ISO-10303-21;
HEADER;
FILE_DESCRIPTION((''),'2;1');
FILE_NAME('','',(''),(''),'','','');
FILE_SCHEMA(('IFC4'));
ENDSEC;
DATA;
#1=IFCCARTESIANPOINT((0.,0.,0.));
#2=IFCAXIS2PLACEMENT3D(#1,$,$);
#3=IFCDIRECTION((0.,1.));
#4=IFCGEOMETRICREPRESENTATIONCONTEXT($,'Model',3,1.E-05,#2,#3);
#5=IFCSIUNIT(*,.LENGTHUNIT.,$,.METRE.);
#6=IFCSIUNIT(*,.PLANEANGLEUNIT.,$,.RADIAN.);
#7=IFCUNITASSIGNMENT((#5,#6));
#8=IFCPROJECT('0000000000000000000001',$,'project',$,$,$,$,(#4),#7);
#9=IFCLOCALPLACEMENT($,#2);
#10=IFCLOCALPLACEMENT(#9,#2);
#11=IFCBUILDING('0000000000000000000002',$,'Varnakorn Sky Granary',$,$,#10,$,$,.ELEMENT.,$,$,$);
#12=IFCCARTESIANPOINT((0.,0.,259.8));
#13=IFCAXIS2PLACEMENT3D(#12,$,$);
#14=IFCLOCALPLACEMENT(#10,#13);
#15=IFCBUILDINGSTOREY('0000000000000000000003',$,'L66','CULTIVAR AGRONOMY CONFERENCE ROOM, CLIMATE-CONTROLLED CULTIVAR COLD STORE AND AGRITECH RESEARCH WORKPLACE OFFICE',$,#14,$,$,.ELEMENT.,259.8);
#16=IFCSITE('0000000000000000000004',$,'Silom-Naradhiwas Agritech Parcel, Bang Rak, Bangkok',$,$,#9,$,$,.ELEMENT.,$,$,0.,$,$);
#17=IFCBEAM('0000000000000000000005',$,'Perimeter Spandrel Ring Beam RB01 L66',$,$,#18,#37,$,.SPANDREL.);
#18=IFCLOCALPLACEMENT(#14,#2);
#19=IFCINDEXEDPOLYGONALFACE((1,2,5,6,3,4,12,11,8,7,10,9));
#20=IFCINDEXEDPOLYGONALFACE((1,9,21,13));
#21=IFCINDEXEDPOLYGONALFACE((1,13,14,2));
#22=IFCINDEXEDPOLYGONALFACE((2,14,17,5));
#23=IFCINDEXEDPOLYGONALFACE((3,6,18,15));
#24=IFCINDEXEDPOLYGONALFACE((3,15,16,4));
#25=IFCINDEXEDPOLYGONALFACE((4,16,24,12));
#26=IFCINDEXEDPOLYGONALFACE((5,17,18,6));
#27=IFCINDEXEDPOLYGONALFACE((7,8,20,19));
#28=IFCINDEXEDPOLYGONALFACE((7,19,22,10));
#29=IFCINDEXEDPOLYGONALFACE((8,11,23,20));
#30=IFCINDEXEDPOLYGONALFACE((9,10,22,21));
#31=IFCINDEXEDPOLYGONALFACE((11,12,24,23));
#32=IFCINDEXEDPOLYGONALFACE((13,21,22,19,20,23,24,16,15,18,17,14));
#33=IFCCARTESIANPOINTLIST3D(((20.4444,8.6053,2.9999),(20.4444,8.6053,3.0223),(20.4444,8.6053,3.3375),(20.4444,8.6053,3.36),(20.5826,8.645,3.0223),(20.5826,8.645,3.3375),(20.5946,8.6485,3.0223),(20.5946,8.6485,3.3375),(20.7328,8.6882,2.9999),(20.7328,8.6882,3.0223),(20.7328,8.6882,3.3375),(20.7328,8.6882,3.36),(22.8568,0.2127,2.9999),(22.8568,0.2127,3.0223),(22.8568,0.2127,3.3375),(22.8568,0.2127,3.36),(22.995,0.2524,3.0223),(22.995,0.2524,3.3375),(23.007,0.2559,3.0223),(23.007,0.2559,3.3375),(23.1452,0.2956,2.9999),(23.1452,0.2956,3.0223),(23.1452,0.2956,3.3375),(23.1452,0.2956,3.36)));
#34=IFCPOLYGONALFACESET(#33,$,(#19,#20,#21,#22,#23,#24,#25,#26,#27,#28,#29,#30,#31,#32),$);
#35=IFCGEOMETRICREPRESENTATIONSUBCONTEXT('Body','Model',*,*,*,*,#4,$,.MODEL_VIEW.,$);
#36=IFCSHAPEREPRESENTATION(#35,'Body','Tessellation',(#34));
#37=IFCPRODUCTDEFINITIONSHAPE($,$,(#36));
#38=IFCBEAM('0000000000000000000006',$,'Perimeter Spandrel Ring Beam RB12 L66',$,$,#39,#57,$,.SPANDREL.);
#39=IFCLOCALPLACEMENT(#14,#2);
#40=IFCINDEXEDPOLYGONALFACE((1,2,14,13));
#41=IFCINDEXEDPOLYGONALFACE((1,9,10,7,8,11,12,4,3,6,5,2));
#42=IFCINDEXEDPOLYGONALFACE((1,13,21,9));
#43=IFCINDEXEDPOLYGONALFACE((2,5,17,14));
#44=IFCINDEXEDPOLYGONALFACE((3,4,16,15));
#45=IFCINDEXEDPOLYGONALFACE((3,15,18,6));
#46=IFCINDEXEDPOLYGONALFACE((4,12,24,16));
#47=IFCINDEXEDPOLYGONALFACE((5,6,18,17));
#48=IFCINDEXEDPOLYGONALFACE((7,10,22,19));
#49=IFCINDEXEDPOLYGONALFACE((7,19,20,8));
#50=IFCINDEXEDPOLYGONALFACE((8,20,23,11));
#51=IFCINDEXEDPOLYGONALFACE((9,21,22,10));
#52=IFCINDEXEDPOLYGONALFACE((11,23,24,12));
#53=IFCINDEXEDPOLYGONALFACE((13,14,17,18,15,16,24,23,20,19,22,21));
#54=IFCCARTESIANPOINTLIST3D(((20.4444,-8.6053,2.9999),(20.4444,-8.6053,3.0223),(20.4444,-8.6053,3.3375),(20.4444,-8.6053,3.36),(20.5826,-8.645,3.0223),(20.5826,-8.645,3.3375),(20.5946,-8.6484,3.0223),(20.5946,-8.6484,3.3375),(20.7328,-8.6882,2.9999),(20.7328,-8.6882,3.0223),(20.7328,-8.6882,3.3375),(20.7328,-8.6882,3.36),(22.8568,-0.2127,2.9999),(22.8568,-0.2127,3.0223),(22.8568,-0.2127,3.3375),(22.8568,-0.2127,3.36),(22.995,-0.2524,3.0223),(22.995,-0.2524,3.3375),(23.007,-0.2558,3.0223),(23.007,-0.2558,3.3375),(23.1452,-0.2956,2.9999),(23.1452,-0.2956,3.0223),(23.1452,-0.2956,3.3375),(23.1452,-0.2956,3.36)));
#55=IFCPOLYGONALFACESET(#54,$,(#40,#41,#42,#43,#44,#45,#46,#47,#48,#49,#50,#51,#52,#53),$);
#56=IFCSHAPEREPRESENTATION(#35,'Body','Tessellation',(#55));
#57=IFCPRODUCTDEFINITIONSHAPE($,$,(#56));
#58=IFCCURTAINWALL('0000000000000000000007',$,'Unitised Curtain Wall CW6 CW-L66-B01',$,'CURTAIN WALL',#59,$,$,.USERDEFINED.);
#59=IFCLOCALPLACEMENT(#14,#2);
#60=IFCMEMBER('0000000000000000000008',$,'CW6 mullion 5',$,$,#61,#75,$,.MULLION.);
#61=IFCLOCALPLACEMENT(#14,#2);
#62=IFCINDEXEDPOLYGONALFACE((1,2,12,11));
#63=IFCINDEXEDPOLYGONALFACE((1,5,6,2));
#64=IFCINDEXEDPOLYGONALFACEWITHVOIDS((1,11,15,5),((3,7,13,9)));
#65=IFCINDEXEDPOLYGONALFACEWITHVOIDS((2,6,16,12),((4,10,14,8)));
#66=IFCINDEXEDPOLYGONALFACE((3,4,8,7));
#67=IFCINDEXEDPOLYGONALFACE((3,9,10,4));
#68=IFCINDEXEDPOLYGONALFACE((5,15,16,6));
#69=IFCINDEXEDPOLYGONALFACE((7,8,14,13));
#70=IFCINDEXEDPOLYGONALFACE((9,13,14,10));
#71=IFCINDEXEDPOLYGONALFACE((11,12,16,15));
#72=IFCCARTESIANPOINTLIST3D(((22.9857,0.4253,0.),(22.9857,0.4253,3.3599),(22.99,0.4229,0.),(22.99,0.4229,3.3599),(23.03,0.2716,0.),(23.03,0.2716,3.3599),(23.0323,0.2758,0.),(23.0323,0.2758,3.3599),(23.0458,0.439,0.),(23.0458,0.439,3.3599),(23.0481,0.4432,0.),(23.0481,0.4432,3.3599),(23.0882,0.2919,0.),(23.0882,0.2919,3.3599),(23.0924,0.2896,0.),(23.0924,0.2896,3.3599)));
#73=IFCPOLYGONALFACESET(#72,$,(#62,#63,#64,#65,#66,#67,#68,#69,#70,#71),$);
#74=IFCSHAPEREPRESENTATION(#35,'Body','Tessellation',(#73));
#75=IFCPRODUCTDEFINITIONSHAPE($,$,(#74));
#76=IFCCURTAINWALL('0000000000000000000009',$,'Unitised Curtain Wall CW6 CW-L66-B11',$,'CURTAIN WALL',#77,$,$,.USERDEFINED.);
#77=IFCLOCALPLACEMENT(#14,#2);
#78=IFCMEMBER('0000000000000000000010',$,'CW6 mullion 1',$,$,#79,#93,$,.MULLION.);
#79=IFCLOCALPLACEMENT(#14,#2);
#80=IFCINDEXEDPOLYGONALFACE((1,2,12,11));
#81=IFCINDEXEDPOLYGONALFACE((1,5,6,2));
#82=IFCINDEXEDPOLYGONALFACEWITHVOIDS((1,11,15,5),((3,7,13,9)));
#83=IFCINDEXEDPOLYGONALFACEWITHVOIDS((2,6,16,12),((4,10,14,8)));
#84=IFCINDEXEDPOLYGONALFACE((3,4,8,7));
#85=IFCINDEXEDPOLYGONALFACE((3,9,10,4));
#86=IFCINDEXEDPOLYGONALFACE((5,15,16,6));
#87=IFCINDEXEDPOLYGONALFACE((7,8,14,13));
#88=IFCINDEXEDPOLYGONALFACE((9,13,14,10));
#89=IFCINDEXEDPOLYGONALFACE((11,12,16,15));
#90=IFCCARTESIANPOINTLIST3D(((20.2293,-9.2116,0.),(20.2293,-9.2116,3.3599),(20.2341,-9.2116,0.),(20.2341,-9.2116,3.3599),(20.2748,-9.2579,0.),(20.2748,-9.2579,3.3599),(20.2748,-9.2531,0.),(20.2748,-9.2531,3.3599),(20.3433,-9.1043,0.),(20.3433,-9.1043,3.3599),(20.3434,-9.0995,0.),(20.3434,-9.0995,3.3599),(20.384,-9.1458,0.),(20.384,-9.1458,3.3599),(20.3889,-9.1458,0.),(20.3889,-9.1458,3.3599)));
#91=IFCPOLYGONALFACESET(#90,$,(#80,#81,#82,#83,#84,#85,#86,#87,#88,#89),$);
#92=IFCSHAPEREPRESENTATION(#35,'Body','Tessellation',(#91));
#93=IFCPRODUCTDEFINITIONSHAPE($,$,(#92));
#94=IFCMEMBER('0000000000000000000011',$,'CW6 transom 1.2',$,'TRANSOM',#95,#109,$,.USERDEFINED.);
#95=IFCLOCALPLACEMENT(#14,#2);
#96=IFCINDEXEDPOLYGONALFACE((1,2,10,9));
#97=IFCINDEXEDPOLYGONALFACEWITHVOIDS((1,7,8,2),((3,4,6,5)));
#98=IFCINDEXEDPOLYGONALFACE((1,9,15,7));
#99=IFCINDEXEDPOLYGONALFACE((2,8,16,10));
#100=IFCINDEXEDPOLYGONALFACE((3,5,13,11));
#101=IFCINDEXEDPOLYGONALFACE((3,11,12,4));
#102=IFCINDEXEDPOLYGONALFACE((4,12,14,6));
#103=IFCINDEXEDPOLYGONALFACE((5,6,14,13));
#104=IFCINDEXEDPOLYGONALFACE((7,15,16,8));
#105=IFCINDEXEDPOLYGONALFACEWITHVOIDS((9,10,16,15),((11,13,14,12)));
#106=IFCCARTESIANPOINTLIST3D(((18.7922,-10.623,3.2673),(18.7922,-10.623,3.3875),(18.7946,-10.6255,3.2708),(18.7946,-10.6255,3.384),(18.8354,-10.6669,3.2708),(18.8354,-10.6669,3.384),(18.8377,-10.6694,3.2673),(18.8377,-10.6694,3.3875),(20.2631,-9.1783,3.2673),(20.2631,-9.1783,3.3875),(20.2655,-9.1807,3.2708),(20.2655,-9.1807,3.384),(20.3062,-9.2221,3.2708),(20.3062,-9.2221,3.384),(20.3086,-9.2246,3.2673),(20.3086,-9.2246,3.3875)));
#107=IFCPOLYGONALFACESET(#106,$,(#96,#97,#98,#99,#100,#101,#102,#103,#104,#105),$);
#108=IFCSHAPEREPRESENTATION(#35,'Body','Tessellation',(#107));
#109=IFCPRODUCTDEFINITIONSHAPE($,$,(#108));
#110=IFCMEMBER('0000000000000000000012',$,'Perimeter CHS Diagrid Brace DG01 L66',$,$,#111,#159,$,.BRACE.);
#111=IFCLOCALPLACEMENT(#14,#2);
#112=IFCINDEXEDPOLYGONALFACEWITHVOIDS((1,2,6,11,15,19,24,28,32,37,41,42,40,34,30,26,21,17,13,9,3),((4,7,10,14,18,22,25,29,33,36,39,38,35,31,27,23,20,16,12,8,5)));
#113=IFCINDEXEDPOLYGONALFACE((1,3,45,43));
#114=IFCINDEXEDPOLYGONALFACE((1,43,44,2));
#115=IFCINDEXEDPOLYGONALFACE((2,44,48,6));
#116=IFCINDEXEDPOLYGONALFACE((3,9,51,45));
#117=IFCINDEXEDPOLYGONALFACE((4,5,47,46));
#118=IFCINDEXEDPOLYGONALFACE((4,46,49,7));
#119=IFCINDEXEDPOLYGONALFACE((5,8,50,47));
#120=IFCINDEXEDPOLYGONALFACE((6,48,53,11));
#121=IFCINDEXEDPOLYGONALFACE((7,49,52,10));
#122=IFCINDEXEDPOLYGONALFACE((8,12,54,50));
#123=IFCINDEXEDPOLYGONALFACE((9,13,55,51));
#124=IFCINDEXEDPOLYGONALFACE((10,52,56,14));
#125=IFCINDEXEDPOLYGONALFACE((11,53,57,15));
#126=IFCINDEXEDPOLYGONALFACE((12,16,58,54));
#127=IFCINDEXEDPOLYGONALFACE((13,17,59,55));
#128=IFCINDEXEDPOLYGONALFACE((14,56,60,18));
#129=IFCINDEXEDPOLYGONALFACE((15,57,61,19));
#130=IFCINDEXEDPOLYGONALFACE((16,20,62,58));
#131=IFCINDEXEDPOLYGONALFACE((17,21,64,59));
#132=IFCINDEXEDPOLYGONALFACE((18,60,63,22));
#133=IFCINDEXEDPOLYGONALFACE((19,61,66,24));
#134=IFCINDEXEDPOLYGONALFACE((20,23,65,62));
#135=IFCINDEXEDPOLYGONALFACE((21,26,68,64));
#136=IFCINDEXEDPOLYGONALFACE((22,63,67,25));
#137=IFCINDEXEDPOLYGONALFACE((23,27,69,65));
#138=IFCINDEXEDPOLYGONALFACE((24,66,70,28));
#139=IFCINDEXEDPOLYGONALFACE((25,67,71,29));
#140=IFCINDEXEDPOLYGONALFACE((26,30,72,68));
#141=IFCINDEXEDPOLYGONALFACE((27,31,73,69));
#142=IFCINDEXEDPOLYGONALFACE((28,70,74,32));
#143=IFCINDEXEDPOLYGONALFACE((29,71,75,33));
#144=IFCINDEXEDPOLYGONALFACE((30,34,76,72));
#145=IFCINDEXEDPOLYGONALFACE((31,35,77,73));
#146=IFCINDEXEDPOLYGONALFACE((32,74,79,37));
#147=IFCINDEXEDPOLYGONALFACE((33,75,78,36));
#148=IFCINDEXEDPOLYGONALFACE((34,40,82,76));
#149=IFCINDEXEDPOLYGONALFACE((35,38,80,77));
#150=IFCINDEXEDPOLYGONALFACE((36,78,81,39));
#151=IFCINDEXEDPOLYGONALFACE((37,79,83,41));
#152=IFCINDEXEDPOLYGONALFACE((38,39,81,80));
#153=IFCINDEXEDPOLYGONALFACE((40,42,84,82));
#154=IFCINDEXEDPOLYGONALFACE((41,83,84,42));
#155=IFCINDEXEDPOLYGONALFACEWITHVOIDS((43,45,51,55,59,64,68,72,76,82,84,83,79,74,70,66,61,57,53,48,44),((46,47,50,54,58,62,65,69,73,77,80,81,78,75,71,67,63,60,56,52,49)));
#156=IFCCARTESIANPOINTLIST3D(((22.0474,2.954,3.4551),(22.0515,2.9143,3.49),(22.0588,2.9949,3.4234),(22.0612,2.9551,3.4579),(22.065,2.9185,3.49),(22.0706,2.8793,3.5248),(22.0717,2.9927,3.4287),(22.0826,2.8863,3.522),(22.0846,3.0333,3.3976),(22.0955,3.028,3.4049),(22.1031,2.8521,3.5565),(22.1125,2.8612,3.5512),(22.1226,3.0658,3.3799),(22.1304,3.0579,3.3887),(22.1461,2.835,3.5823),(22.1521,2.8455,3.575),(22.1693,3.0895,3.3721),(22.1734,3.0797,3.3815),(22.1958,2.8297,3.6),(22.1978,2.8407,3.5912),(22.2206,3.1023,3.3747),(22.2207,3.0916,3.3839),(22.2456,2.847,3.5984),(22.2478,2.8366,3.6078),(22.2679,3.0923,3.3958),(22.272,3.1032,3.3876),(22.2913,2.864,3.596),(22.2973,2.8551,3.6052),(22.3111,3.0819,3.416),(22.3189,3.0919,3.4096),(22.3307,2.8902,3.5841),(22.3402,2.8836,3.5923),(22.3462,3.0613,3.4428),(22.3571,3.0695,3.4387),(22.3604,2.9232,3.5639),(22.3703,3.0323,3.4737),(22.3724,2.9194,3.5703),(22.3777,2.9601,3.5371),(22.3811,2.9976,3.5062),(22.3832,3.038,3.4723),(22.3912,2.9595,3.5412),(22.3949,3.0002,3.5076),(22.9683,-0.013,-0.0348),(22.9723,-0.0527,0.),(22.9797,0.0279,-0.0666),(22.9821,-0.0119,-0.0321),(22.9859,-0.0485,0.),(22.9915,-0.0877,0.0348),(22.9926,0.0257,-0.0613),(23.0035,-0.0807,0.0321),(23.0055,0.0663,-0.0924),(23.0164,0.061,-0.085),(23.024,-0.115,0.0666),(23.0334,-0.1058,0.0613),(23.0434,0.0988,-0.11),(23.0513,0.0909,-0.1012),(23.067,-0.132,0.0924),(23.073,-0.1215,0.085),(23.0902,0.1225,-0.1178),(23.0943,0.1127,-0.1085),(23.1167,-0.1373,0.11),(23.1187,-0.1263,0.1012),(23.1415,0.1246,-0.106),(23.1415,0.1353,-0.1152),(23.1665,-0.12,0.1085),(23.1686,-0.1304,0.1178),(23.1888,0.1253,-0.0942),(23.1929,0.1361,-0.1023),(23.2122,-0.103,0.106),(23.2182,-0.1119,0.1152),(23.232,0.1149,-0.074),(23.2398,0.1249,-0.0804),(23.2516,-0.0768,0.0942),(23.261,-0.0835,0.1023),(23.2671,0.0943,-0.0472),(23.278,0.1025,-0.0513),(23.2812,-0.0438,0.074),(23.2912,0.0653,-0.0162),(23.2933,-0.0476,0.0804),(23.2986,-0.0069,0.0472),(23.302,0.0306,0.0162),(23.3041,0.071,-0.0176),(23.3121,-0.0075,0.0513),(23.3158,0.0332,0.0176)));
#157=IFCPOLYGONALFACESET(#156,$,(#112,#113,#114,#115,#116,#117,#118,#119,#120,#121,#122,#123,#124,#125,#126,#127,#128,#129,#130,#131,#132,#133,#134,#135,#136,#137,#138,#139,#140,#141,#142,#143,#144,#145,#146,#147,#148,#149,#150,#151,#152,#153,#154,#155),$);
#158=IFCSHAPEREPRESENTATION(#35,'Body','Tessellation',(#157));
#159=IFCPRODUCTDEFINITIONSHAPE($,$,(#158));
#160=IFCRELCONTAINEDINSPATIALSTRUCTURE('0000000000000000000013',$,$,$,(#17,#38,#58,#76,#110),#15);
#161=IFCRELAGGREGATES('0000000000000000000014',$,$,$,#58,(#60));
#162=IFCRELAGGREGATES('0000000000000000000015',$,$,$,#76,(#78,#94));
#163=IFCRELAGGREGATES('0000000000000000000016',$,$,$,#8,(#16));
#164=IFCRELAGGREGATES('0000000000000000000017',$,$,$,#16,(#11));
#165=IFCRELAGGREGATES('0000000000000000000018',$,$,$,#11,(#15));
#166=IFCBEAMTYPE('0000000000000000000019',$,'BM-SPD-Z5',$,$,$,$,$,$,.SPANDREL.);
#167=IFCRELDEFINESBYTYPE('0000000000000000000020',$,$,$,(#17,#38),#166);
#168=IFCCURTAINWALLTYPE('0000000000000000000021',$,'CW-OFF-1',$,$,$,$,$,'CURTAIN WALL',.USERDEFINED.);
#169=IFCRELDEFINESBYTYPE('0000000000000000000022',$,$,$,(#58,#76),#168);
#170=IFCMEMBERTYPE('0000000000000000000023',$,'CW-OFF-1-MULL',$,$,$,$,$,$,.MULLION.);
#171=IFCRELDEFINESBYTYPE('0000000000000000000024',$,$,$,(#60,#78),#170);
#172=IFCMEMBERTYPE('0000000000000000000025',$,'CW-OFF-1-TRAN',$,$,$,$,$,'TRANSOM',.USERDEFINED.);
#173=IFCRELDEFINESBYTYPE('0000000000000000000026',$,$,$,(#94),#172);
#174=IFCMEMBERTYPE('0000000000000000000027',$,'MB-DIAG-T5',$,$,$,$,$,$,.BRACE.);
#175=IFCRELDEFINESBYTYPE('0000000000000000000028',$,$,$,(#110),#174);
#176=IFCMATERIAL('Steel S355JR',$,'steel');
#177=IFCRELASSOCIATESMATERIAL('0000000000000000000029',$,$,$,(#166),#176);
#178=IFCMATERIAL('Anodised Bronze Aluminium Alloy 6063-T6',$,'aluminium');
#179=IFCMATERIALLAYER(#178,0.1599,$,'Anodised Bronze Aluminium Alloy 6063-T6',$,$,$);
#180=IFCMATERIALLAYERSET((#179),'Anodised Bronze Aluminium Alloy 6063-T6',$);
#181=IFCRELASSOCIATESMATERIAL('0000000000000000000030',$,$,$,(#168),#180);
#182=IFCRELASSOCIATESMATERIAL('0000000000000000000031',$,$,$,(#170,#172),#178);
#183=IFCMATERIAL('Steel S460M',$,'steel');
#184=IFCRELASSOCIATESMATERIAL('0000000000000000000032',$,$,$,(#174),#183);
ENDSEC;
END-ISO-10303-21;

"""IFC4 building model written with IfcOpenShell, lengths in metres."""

from ifc_helpers import new_model, si_unit, direction, frame, origin, origin_2d, place, context, subcontext, project, spatial, hollow_rectangle, hollow_circle, i_section, extrude, material, layer, layer_set, material_profile, profile_set, type_object, element, aggregate, save


model = new_model("IFC4")

# Units and contexts
model_context = context("Model", 3, precision=1e-05, world=origin(), true_north=direction((0.0, 1.0)))
body_context = subcontext(model_context, "Body", "Model", "MODEL_VIEW")
ifc_project = project(units=[si_unit("LENGTHUNIT", "METRE"), si_unit("PLANEANGLEUNIT", "RADIAN")], contexts=[model_context])

# Site, building, storey
site_placement = place(None, origin())
site = spatial("IfcSite", under=ifc_project, at=site_placement, Name="Silom-Naradhiwas Agritech Parcel, Bang Rak, Bangkok", CompositionType="ELEMENT", RefElevation=0.0)
building_placement = place(site_placement, origin())
building = spatial("IfcBuilding", under=site, at=building_placement, Name="Varnakorn Sky Granary", CompositionType="ELEMENT")
storey_placement = place(building_placement, frame((0.0, 0.0, 259.8)))
storey = spatial("IfcBuildingStorey", under=building, at=storey_placement, Name="L66", Description="CULTIVAR AGRONOMY CONFERENCE ROOM, CLIMATE-CONTROLLED CULTIVAR COLD STORE AND AGRITECH RESEARCH WORKPLACE OFFICE", CompositionType="ELEMENT", Elevation=259.8)

# Shared definitions
ifc_material_1 = material(Name="Steel S460M", Category="steel")

# Beams
ifc_material_2 = material(Name="Steel S355JR", Category="steel")
ifc_material_profile_1 = material_profile(ifc_material_2, i_section(OverallWidth=0.3, OverallDepth=0.3601, WebThickness=0.0125, FlangeThickness=0.0225, at=origin_2d()), Name="HE 360 B")
ifc_profile_set_1 = profile_set([ifc_material_profile_1], Name="Steel S355JR")
beam_type_1 = type_object("IfcBeamType", Name="BM-SPD-Z5", PredefinedType="SPANDREL", material=ifc_profile_set_1)
for number, where, z_axis, x_axis, name in (
    (1, (23.001, 0.2542, 3.1799), (-0.276253, 0.961085, 0.0), (-0.961085, -0.276253, 0.0), "Perimeter Spandrel Ring Beam RB01 L66"),
    (2, (20.5886, -8.6467, 3.1799), (0.276253, 0.961085, 0.0), (-0.961085, 0.276253, 0.0), "Perimeter Spandrel Ring Beam RB12 L66"),
):
    element("IfcBeam", number, at=place(storey_placement, frame(where, z_axis=z_axis, x_axis=x_axis)), inside=storey, type_object=beam_type_1, Name=name, PredefinedType="SPANDREL", context=body_context, shape_type="SweptSolid", body=[
        extrude(i_section(OverallWidth=0.3, OverallDepth=0.3601, WebThickness=0.0125, FlangeThickness=0.0225, at=origin_2d()), origin(), (0.0, 0.0, 1.0), 8.7324),
    ])

# Curtain wall, member
ifc_material_3 = material(Name="Anodised Bronze Aluminium Alloy 6063-T6", Category="aluminium")
ifc_layer_1 = layer(ifc_material_3, 0.1599, Name="Anodised Bronze Aluminium Alloy 6063-T6")
ifc_layer_set_1 = layer_set([ifc_layer_1], Name="Anodised Bronze Aluminium Alloy 6063-T6")
curtain_wall_type = type_object("IfcCurtainWallType", Name="CW-OFF-1", ElementType="CURTAIN WALL", PredefinedType="USERDEFINED", material=ifc_layer_set_1)
curtain_wall_1_placement = place(storey_placement, origin())
curtain_wall_1 = element("IfcCurtainWall", 3, at=curtain_wall_1_placement, inside=storey, type_object=curtain_wall_type, Name="Unitised Curtain Wall CW6 CW-L66-B01", ObjectType="CURTAIN WALL", PredefinedType="USERDEFINED")
ifc_material_profile_2 = material_profile(ifc_material_3, hollow_rectangle(XDim=0.0649, YDim=0.1599, WallThickness=0.0034, at=origin_2d()), Name="ALU MULL 65x160")
ifc_profile_set_2 = profile_set([ifc_material_profile_2], Name="Anodised Bronze Aluminium Alloy 6063-T6")
member_type_1 = type_object("IfcMemberType", Name="CW-OFF-1-MULL", PredefinedType="MULLION", material=ifc_profile_set_2)
member_1_placement = place(storey_placement, frame((23.0391, 0.3574, 0.0), z_axis=(0.0, 0.0, 1.0), x_axis=(0.960963, 0.276677, 0.0)))
member_1 = element("IfcMember", 4, at=member_1_placement, type_object=member_type_1, Name="CW6 mullion 5", PredefinedType="MULLION", context=body_context, shape_type="SweptSolid", body=[
    extrude(hollow_rectangle(XDim=0.0649, YDim=0.1599, WallThickness=0.0034, at=origin_2d()), origin(), (0.0, 0.0, 1.0), 3.3599),
])
aggregate(curtain_wall_1, [member_1])

# Curtain wall, members
curtain_wall_2_placement = place(storey_placement, origin())
curtain_wall_2 = element("IfcCurtainWall", 5, at=curtain_wall_2_placement, inside=storey, type_object=curtain_wall_type, Name="Unitised Curtain Wall CW6 CW-L66-B11", ObjectType="CURTAIN WALL", PredefinedType="USERDEFINED")
member_2_placement = place(storey_placement, frame((20.3091, -9.1787, 0.0), z_axis=(0.0, 0.0, 1.0), x_axis=(0.700774, -0.713383, 0.0)))
member_2 = element("IfcMember", 6, at=member_2_placement, type_object=member_type_1, Name="CW6 mullion 1", PredefinedType="MULLION", context=body_context, shape_type="SweptSolid", body=[
    extrude(hollow_rectangle(XDim=0.0649, YDim=0.1599, WallThickness=0.0034, at=origin_2d()), origin(), (0.0, 0.0, 1.0), 3.3599),
])
ifc_material_profile_3 = material_profile(ifc_material_3, hollow_rectangle(XDim=0.0649, YDim=0.1201, WallThickness=0.0034, at=origin_2d()), Name="ALU TRAN 65x120")
ifc_profile_set_3 = profile_set([ifc_material_profile_3], Name="Anodised Bronze Aluminium Alloy 6063-T6")
member_type_2 = type_object("IfcMemberType", Name="CW-OFF-1-TRAN", ElementType="TRANSOM", PredefinedType="USERDEFINED", material=ifc_profile_set_3)
member_3_placement = place(storey_placement, frame((20.2859, -9.2014, 3.3274), z_axis=(-0.713413, -0.700744, 0.0), x_axis=(0.700744, -0.713413, 0.0)))
member_3 = element("IfcMember", 7, at=member_3_placement, type_object=member_type_2, Name="CW6 transom 1.2", ObjectType="TRANSOM", PredefinedType="USERDEFINED", context=body_context, shape_type="SweptSolid", body=[
    extrude(hollow_rectangle(XDim=0.0649, YDim=0.1201, WallThickness=0.0034, at=origin_2d()), origin(), (0.0, 0.0, 1.0), 2.0618),
])
aggregate(curtain_wall_2, [member_2, member_3])

# Member
ifc_material_profile_4 = material_profile(ifc_material_1, hollow_circle(Radius=0.1777, WallThickness=0.0142, at=origin_2d()), Name="CHS 355.6x14")
ifc_profile_set_4 = profile_set([ifc_material_profile_4], Name="Steel S460M")
member_type_3 = type_object("IfcMemberType", Name="MB-DIAG-T5", PredefinedType="BRACE", material=ifc_profile_set_4)
for number, where, z_axis, x_axis, name in (
    (8, (23.1421, 0.0, 0.0), (-0.197093, 0.635013, 0.746936), (-0.955056, -0.296426, 0.0), "Perimeter CHS Diagrid Brace DG01 L66"),
):
    element("IfcMember", number, at=place(storey_placement, frame(where, z_axis=z_axis, x_axis=x_axis)), inside=storey, type_object=member_type_3, Name=name, PredefinedType="BRACE", context=body_context, shape_type="SweptSolid", body=[
        extrude(hollow_circle(Radius=0.1777, WallThickness=0.0142, at=origin_2d()), origin(), (0.0, 0.0, 1.0), 4.6724),
    ])

save(model, "model.ifc")
